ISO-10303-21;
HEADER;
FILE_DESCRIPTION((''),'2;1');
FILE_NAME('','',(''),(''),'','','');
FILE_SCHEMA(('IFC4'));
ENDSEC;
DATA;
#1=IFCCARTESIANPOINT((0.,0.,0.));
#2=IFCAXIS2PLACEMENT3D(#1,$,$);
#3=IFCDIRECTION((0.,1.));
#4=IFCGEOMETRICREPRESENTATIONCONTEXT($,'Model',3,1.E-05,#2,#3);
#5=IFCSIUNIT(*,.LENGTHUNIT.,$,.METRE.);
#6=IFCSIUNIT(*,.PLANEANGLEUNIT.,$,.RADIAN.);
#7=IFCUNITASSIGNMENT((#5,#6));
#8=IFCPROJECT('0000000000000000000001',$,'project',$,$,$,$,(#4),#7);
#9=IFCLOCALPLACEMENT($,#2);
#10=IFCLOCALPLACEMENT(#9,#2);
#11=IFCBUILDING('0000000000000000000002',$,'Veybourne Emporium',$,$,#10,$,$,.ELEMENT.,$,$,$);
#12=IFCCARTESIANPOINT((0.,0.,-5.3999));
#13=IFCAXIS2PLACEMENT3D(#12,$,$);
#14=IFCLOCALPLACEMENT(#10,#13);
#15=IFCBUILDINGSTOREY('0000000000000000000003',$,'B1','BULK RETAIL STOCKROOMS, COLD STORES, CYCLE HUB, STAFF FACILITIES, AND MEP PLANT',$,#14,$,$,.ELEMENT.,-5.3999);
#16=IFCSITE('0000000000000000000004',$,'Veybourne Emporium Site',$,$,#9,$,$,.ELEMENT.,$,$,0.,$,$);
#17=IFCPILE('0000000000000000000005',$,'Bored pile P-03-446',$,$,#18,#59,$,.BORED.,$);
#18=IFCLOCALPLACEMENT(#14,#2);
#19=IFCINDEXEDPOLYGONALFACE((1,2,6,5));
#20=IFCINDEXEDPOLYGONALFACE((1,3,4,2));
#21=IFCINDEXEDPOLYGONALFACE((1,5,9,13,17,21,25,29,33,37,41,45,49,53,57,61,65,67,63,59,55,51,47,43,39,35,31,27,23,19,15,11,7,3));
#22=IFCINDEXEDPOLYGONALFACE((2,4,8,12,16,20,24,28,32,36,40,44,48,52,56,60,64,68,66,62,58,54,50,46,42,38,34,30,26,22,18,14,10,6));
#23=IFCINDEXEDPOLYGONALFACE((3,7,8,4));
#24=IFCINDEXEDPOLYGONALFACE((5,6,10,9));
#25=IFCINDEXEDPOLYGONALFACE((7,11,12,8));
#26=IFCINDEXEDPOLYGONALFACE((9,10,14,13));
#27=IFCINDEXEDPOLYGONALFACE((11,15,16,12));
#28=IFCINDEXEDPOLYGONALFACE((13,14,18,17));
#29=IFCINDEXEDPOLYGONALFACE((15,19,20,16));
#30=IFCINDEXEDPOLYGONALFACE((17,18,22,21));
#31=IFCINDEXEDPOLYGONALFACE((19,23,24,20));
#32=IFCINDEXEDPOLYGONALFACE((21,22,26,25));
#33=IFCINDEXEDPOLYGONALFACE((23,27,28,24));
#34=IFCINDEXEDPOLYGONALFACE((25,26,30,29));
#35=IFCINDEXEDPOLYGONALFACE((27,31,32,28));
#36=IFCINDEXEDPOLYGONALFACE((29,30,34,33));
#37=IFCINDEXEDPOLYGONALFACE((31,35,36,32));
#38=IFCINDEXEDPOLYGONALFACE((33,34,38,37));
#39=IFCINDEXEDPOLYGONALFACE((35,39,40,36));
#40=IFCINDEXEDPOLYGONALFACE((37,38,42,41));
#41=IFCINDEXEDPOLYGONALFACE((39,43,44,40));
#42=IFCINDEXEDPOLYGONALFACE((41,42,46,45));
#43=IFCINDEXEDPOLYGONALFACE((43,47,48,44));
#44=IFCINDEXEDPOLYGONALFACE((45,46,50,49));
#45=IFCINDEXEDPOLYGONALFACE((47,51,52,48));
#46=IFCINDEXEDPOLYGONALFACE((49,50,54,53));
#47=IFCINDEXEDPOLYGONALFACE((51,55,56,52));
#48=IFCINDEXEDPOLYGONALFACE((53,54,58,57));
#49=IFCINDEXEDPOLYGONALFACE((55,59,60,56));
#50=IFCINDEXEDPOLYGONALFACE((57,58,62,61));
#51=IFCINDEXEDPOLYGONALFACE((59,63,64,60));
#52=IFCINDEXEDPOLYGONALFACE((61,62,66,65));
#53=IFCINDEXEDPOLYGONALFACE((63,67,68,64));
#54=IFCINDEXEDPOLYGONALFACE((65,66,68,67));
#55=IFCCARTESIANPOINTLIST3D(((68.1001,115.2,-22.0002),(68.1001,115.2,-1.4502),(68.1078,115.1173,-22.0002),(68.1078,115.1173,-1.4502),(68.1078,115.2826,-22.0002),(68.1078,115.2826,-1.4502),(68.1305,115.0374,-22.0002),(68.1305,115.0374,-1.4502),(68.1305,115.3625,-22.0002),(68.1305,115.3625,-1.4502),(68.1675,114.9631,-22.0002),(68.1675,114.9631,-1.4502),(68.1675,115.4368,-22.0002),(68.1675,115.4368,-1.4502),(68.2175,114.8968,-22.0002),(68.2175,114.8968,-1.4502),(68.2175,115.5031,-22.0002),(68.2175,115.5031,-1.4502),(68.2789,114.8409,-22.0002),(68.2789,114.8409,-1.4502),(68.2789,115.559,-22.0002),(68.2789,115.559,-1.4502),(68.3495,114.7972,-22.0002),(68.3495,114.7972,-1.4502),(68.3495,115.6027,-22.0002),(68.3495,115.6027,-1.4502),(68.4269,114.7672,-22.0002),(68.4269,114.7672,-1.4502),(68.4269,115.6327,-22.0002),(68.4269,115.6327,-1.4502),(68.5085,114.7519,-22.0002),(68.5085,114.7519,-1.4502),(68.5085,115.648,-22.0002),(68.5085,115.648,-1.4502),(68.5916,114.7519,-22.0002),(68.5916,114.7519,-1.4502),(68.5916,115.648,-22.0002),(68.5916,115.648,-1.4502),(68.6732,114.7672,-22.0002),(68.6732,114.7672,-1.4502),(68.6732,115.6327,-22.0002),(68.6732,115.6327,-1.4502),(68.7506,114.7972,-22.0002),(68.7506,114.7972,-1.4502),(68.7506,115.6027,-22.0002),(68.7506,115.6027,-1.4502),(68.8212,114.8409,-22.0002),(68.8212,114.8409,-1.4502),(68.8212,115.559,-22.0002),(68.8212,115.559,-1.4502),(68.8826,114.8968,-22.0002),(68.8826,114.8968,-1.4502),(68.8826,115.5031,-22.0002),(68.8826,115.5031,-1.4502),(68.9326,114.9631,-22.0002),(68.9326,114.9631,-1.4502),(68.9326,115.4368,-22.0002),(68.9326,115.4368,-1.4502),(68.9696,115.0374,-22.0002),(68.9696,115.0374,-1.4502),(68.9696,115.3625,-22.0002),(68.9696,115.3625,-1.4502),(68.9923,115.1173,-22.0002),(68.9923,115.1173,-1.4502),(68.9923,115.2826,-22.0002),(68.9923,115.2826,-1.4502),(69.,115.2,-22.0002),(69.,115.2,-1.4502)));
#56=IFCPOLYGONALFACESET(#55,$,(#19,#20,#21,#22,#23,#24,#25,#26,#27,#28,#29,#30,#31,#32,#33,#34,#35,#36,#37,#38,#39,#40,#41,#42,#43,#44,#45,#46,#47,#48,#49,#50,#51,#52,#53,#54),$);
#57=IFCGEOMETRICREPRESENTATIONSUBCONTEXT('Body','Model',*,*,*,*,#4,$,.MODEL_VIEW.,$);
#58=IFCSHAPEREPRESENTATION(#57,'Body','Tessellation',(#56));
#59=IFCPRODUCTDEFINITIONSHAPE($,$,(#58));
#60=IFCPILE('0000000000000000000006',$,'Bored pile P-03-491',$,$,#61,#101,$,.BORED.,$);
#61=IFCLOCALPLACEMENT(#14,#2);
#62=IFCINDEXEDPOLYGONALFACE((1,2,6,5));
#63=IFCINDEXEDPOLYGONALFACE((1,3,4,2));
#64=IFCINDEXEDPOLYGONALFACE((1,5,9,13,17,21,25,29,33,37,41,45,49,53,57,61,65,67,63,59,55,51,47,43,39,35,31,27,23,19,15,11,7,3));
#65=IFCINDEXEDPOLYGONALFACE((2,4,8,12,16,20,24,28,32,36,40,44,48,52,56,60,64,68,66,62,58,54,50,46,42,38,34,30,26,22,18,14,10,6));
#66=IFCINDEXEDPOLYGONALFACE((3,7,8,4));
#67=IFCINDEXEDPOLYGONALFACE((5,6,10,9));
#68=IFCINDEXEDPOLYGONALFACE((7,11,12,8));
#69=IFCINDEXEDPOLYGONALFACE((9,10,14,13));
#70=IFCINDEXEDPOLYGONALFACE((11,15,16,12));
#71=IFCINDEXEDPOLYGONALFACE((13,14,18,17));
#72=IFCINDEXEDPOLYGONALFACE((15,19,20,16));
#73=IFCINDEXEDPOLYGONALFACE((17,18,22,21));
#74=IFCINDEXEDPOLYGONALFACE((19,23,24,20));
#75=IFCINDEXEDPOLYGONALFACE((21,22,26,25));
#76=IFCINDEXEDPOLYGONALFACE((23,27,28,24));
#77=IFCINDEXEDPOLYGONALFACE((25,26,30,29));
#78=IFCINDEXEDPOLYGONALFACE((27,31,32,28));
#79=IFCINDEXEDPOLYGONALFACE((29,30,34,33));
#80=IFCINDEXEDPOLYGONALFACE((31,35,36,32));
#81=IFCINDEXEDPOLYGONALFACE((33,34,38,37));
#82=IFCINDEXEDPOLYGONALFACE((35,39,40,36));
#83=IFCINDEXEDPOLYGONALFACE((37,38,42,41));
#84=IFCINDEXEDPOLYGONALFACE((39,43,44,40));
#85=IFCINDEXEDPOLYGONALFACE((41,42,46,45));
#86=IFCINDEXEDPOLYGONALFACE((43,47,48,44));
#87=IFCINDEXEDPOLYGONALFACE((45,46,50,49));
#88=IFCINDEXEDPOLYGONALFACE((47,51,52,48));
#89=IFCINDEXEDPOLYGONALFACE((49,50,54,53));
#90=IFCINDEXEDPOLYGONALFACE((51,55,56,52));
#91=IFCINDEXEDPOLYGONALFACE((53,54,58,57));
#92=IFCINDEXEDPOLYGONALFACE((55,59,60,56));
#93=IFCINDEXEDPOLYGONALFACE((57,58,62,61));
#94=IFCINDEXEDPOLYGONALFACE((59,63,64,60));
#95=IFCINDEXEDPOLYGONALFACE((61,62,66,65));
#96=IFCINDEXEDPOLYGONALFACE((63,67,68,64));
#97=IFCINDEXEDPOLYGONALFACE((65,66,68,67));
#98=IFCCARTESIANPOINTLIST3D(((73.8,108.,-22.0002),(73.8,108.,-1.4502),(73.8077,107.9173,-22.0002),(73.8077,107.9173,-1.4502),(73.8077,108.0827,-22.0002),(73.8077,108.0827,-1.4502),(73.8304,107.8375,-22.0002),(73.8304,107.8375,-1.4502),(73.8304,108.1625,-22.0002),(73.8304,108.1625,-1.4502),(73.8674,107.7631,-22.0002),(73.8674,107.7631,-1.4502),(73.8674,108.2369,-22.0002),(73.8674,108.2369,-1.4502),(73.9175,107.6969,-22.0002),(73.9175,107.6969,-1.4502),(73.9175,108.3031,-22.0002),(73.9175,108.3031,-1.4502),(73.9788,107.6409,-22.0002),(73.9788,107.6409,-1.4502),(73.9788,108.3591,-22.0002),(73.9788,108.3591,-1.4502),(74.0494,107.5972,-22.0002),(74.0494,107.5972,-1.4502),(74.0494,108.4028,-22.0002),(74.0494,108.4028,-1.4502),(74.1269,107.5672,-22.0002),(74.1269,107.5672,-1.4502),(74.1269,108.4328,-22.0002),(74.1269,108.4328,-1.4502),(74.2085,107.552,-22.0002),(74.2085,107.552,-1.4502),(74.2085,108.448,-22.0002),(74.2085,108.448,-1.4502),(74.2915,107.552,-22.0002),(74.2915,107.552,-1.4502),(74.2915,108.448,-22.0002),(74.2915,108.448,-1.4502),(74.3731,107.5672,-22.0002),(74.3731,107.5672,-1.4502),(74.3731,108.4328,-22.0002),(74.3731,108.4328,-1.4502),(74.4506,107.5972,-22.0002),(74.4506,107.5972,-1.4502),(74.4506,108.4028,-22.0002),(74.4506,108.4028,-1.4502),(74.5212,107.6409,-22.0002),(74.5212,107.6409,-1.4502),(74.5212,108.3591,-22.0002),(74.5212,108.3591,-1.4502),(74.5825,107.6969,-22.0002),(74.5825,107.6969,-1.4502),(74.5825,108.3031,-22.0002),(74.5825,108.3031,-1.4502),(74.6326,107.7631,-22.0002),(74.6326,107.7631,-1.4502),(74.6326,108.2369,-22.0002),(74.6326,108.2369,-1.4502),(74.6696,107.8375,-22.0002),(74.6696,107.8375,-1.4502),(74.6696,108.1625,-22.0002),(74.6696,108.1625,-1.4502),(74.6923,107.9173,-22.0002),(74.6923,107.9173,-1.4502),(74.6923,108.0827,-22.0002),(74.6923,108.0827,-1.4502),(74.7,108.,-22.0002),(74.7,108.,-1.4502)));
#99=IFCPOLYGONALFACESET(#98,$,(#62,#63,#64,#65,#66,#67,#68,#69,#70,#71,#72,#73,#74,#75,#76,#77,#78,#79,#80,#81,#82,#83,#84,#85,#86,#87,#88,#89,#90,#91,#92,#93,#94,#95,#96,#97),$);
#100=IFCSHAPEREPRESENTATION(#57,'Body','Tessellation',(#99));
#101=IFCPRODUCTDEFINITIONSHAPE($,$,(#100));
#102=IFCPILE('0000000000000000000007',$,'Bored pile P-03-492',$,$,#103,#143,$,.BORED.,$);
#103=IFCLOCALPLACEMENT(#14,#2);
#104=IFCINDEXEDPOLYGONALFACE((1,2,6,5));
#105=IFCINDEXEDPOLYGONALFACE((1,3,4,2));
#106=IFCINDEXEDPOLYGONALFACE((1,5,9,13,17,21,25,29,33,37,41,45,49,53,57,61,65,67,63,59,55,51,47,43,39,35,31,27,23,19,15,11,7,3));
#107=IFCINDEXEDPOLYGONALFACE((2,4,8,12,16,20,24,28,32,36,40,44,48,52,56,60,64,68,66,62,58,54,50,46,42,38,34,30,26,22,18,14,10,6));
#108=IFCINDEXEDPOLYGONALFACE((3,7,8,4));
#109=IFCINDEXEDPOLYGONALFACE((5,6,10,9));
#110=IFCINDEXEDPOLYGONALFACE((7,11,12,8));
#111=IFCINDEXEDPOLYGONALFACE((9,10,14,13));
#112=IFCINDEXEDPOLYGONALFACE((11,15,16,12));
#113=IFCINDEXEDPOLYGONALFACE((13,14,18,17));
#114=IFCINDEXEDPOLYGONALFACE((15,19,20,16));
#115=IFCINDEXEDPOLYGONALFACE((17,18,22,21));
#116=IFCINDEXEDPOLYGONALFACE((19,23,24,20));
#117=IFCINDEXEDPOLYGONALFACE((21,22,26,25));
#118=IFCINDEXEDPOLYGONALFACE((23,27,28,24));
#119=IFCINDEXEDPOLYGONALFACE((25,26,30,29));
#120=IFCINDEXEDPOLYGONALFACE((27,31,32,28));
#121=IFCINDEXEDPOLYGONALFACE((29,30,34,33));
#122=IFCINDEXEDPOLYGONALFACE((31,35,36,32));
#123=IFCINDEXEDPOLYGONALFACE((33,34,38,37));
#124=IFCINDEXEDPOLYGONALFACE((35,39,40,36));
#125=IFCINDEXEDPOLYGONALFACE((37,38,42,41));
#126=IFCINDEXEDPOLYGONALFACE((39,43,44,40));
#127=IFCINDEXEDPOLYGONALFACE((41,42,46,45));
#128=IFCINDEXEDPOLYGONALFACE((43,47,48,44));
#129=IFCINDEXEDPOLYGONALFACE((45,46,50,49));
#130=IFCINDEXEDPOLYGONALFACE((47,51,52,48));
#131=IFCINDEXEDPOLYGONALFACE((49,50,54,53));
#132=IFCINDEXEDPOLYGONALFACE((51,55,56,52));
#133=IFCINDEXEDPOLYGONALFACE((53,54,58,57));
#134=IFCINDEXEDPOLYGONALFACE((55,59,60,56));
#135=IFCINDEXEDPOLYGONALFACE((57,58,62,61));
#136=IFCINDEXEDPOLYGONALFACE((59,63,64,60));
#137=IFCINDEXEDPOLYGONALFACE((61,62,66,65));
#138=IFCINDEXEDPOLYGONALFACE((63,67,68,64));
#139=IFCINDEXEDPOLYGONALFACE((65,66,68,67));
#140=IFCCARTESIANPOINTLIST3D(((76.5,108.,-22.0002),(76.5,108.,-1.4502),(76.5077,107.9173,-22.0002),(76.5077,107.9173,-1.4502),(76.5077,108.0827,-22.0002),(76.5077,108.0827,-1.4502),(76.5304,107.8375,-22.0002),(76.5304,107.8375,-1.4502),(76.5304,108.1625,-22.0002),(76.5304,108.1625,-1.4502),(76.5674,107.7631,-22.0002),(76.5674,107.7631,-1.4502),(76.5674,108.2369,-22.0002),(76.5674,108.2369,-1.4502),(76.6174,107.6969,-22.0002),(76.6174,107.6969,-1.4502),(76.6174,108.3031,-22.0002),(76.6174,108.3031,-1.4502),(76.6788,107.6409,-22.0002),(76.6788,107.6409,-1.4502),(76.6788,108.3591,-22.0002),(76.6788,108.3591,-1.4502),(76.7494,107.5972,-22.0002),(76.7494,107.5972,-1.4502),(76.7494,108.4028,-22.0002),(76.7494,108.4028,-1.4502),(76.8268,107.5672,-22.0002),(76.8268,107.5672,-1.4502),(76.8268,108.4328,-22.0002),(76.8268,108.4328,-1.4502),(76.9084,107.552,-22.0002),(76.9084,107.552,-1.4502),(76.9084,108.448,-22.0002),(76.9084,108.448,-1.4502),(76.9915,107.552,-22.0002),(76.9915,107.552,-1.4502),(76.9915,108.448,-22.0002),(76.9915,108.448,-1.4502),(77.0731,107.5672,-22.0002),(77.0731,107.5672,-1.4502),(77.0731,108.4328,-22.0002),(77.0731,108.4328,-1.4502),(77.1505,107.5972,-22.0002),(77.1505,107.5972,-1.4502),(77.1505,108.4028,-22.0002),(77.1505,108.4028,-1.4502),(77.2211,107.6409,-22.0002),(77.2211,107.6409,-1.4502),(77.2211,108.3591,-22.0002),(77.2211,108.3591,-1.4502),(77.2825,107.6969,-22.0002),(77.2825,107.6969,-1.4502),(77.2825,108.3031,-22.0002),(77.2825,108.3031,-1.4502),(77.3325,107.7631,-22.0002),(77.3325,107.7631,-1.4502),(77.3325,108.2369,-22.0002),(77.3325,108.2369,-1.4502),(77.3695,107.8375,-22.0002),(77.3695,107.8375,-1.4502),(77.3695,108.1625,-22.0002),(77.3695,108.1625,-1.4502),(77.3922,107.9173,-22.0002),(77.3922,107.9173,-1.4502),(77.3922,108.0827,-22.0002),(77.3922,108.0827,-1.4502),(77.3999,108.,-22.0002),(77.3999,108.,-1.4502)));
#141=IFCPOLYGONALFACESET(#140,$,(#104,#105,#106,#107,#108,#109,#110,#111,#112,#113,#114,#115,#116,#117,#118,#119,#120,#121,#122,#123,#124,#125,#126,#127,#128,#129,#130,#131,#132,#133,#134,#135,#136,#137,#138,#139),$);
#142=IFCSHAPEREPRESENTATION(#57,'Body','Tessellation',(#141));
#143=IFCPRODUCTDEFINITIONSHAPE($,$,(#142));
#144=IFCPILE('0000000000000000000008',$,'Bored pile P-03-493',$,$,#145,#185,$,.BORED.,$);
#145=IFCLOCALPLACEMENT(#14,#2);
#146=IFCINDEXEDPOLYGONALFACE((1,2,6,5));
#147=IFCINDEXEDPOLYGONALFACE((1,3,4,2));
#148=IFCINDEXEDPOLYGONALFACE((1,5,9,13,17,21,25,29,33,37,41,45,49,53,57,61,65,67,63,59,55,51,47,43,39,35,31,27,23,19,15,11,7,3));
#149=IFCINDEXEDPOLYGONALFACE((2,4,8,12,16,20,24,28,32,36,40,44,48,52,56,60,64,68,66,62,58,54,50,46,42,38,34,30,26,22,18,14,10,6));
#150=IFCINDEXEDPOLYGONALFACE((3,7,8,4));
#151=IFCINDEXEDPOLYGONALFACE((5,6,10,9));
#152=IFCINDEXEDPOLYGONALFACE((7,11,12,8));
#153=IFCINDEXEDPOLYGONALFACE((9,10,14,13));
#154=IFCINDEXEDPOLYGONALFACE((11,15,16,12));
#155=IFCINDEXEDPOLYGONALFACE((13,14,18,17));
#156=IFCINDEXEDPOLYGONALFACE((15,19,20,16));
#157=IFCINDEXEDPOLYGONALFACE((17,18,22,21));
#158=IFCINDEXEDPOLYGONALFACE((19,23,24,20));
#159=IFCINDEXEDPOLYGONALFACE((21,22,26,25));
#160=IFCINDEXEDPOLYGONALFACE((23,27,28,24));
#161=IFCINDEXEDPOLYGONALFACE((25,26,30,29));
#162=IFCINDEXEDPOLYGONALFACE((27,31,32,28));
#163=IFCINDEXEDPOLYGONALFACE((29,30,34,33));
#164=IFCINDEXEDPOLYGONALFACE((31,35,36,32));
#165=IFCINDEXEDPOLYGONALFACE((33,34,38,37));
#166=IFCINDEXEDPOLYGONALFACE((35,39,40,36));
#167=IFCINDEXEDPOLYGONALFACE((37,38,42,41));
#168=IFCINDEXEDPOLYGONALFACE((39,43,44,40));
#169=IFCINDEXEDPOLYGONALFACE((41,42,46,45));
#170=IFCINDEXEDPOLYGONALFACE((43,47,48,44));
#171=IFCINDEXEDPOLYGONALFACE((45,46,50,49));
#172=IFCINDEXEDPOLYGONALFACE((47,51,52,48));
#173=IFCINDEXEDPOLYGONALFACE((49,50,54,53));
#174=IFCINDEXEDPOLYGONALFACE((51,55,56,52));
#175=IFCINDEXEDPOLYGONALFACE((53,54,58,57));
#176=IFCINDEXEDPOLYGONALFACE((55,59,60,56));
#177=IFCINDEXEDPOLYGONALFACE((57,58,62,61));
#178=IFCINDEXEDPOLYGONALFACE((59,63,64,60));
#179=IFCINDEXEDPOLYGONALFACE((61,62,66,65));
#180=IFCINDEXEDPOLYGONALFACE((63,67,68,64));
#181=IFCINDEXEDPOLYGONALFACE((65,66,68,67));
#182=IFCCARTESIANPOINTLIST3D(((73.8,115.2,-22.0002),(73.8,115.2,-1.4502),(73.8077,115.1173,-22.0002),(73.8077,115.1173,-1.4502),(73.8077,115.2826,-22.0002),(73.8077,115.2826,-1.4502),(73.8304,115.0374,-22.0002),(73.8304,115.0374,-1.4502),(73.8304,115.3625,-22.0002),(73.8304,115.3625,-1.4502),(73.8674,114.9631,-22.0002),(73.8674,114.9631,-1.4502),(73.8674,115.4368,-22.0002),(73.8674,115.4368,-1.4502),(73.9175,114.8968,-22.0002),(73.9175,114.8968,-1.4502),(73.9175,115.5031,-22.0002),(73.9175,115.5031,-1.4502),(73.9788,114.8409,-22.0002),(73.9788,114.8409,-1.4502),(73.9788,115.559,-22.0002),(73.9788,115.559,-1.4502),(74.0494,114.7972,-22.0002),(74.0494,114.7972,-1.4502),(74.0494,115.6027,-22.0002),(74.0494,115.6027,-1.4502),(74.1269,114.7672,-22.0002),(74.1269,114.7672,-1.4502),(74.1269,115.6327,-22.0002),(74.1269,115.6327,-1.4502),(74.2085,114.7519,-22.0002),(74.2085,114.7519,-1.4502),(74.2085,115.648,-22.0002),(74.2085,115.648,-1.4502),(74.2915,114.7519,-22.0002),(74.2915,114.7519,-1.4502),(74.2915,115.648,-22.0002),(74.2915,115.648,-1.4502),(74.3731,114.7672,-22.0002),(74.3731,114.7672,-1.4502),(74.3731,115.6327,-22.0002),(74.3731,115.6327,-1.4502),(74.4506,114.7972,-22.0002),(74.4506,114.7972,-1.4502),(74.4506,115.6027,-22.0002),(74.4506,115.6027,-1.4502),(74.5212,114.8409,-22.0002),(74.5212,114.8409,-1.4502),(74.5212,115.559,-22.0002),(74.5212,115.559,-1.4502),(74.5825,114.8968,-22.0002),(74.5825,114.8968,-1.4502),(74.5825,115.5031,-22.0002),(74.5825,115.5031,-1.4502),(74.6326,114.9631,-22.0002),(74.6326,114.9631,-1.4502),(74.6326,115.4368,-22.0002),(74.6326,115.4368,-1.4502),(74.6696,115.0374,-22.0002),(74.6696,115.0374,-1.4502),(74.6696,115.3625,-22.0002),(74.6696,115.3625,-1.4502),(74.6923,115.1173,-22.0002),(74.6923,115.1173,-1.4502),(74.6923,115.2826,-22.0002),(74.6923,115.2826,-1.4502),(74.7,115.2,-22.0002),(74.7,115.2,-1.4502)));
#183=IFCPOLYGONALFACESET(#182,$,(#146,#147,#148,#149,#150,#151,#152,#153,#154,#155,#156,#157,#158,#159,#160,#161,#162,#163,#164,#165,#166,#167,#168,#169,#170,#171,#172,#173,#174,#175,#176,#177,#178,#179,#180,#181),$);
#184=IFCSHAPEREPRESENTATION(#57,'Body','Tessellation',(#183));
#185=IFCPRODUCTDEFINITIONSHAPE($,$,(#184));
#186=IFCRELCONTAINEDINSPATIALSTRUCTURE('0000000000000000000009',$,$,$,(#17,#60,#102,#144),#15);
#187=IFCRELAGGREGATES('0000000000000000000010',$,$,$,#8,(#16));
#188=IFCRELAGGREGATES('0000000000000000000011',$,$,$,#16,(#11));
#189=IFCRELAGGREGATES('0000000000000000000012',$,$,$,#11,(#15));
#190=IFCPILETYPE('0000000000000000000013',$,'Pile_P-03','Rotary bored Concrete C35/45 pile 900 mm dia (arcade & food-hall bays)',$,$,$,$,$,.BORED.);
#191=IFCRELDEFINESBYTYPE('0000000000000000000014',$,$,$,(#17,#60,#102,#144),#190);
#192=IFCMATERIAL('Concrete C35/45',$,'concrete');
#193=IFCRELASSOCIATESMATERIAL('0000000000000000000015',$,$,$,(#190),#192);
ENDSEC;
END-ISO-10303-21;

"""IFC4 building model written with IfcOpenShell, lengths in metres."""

from ifc_helpers import new_model, si_unit, direction, frame, origin, origin_2d, place, context, subcontext, project, spatial, circle, extrude, material, material_profile, profile_set, type_object, element, save


model = new_model("IFC4")

# Units and contexts
model_context = context("Model", 3, precision=1e-05, world=origin(), true_north=direction((0.0, 1.0)))
body_context = subcontext(model_context, "Body", "Model", "MODEL_VIEW")
ifc_project = project(units=[si_unit("LENGTHUNIT", "METRE"), si_unit("PLANEANGLEUNIT", "RADIAN")], contexts=[model_context])

# Site, building, storey
site_placement = place(None, origin())
site = spatial("IfcSite", under=ifc_project, at=site_placement, Name="Veybourne Emporium Site", CompositionType="ELEMENT", RefElevation=0.0)
building_placement = place(site_placement, origin())
building = spatial("IfcBuilding", under=site, at=building_placement, Name="Veybourne Emporium", CompositionType="ELEMENT")
storey_placement = place(building_placement, frame((0.0, 0.0, -5.3999)))
storey = spatial("IfcBuildingStorey", under=building, at=storey_placement, Name="B1", Description="BULK RETAIL STOCKROOMS, COLD STORES, CYCLE HUB, STAFF FACILITIES, AND MEP PLANT", CompositionType="ELEMENT", Elevation=-5.3999)

# Shared definitions
ifc_material_1 = material(Name="Concrete C35/45", Category="concrete")

# Piles
ifc_material_profile_1 = material_profile(ifc_material_1, circle(Radius=0.45, at=origin_2d()), Name="BORED PILE 900")
ifc_profile_set_1 = profile_set([ifc_material_profile_1], Name="Concrete C35/45")
pile_type_1 = type_object("IfcPileType", Name="Pile_P-03", Description="Rotary bored Concrete C35/45 pile 900 mm dia (arcade & food-hall bays)", PredefinedType="BORED", material=ifc_profile_set_1)
for number, where, z_axis, x_axis, name in (
    (1, (68.55, 115.2, -1.4502), (0.0, 0.0, -1.0), (1.0, 0.0, 0.0), "Bored pile P-03-446"),
    (2, (74.25, 108.0, -1.4502), (0.0, 0.0, -1.0), (1.0, 0.0, 0.0), "Bored pile P-03-491"),
    (3, (76.95, 108.0, -1.4502), (0.0, 0.0, -1.0), (1.0, 0.0, 0.0), "Bored pile P-03-492"),
    (4, (74.25, 115.2, -1.4502), (0.0, 0.0, -1.0), (1.0, 0.0, 0.0), "Bored pile P-03-493"),
):
    element("IfcPile", number, at=place(storey_placement, frame(where, z_axis=z_axis, x_axis=x_axis)), inside=storey, type_object=pile_type_1, Name=name, PredefinedType="BORED", context=body_context, shape_type="SweptSolid", body=[
        extrude(circle(Radius=0.45, at=origin_2d()), origin(), (0.0, 0.0, 1.0), 20.55),
    ])

save(model, "model.ifc")
